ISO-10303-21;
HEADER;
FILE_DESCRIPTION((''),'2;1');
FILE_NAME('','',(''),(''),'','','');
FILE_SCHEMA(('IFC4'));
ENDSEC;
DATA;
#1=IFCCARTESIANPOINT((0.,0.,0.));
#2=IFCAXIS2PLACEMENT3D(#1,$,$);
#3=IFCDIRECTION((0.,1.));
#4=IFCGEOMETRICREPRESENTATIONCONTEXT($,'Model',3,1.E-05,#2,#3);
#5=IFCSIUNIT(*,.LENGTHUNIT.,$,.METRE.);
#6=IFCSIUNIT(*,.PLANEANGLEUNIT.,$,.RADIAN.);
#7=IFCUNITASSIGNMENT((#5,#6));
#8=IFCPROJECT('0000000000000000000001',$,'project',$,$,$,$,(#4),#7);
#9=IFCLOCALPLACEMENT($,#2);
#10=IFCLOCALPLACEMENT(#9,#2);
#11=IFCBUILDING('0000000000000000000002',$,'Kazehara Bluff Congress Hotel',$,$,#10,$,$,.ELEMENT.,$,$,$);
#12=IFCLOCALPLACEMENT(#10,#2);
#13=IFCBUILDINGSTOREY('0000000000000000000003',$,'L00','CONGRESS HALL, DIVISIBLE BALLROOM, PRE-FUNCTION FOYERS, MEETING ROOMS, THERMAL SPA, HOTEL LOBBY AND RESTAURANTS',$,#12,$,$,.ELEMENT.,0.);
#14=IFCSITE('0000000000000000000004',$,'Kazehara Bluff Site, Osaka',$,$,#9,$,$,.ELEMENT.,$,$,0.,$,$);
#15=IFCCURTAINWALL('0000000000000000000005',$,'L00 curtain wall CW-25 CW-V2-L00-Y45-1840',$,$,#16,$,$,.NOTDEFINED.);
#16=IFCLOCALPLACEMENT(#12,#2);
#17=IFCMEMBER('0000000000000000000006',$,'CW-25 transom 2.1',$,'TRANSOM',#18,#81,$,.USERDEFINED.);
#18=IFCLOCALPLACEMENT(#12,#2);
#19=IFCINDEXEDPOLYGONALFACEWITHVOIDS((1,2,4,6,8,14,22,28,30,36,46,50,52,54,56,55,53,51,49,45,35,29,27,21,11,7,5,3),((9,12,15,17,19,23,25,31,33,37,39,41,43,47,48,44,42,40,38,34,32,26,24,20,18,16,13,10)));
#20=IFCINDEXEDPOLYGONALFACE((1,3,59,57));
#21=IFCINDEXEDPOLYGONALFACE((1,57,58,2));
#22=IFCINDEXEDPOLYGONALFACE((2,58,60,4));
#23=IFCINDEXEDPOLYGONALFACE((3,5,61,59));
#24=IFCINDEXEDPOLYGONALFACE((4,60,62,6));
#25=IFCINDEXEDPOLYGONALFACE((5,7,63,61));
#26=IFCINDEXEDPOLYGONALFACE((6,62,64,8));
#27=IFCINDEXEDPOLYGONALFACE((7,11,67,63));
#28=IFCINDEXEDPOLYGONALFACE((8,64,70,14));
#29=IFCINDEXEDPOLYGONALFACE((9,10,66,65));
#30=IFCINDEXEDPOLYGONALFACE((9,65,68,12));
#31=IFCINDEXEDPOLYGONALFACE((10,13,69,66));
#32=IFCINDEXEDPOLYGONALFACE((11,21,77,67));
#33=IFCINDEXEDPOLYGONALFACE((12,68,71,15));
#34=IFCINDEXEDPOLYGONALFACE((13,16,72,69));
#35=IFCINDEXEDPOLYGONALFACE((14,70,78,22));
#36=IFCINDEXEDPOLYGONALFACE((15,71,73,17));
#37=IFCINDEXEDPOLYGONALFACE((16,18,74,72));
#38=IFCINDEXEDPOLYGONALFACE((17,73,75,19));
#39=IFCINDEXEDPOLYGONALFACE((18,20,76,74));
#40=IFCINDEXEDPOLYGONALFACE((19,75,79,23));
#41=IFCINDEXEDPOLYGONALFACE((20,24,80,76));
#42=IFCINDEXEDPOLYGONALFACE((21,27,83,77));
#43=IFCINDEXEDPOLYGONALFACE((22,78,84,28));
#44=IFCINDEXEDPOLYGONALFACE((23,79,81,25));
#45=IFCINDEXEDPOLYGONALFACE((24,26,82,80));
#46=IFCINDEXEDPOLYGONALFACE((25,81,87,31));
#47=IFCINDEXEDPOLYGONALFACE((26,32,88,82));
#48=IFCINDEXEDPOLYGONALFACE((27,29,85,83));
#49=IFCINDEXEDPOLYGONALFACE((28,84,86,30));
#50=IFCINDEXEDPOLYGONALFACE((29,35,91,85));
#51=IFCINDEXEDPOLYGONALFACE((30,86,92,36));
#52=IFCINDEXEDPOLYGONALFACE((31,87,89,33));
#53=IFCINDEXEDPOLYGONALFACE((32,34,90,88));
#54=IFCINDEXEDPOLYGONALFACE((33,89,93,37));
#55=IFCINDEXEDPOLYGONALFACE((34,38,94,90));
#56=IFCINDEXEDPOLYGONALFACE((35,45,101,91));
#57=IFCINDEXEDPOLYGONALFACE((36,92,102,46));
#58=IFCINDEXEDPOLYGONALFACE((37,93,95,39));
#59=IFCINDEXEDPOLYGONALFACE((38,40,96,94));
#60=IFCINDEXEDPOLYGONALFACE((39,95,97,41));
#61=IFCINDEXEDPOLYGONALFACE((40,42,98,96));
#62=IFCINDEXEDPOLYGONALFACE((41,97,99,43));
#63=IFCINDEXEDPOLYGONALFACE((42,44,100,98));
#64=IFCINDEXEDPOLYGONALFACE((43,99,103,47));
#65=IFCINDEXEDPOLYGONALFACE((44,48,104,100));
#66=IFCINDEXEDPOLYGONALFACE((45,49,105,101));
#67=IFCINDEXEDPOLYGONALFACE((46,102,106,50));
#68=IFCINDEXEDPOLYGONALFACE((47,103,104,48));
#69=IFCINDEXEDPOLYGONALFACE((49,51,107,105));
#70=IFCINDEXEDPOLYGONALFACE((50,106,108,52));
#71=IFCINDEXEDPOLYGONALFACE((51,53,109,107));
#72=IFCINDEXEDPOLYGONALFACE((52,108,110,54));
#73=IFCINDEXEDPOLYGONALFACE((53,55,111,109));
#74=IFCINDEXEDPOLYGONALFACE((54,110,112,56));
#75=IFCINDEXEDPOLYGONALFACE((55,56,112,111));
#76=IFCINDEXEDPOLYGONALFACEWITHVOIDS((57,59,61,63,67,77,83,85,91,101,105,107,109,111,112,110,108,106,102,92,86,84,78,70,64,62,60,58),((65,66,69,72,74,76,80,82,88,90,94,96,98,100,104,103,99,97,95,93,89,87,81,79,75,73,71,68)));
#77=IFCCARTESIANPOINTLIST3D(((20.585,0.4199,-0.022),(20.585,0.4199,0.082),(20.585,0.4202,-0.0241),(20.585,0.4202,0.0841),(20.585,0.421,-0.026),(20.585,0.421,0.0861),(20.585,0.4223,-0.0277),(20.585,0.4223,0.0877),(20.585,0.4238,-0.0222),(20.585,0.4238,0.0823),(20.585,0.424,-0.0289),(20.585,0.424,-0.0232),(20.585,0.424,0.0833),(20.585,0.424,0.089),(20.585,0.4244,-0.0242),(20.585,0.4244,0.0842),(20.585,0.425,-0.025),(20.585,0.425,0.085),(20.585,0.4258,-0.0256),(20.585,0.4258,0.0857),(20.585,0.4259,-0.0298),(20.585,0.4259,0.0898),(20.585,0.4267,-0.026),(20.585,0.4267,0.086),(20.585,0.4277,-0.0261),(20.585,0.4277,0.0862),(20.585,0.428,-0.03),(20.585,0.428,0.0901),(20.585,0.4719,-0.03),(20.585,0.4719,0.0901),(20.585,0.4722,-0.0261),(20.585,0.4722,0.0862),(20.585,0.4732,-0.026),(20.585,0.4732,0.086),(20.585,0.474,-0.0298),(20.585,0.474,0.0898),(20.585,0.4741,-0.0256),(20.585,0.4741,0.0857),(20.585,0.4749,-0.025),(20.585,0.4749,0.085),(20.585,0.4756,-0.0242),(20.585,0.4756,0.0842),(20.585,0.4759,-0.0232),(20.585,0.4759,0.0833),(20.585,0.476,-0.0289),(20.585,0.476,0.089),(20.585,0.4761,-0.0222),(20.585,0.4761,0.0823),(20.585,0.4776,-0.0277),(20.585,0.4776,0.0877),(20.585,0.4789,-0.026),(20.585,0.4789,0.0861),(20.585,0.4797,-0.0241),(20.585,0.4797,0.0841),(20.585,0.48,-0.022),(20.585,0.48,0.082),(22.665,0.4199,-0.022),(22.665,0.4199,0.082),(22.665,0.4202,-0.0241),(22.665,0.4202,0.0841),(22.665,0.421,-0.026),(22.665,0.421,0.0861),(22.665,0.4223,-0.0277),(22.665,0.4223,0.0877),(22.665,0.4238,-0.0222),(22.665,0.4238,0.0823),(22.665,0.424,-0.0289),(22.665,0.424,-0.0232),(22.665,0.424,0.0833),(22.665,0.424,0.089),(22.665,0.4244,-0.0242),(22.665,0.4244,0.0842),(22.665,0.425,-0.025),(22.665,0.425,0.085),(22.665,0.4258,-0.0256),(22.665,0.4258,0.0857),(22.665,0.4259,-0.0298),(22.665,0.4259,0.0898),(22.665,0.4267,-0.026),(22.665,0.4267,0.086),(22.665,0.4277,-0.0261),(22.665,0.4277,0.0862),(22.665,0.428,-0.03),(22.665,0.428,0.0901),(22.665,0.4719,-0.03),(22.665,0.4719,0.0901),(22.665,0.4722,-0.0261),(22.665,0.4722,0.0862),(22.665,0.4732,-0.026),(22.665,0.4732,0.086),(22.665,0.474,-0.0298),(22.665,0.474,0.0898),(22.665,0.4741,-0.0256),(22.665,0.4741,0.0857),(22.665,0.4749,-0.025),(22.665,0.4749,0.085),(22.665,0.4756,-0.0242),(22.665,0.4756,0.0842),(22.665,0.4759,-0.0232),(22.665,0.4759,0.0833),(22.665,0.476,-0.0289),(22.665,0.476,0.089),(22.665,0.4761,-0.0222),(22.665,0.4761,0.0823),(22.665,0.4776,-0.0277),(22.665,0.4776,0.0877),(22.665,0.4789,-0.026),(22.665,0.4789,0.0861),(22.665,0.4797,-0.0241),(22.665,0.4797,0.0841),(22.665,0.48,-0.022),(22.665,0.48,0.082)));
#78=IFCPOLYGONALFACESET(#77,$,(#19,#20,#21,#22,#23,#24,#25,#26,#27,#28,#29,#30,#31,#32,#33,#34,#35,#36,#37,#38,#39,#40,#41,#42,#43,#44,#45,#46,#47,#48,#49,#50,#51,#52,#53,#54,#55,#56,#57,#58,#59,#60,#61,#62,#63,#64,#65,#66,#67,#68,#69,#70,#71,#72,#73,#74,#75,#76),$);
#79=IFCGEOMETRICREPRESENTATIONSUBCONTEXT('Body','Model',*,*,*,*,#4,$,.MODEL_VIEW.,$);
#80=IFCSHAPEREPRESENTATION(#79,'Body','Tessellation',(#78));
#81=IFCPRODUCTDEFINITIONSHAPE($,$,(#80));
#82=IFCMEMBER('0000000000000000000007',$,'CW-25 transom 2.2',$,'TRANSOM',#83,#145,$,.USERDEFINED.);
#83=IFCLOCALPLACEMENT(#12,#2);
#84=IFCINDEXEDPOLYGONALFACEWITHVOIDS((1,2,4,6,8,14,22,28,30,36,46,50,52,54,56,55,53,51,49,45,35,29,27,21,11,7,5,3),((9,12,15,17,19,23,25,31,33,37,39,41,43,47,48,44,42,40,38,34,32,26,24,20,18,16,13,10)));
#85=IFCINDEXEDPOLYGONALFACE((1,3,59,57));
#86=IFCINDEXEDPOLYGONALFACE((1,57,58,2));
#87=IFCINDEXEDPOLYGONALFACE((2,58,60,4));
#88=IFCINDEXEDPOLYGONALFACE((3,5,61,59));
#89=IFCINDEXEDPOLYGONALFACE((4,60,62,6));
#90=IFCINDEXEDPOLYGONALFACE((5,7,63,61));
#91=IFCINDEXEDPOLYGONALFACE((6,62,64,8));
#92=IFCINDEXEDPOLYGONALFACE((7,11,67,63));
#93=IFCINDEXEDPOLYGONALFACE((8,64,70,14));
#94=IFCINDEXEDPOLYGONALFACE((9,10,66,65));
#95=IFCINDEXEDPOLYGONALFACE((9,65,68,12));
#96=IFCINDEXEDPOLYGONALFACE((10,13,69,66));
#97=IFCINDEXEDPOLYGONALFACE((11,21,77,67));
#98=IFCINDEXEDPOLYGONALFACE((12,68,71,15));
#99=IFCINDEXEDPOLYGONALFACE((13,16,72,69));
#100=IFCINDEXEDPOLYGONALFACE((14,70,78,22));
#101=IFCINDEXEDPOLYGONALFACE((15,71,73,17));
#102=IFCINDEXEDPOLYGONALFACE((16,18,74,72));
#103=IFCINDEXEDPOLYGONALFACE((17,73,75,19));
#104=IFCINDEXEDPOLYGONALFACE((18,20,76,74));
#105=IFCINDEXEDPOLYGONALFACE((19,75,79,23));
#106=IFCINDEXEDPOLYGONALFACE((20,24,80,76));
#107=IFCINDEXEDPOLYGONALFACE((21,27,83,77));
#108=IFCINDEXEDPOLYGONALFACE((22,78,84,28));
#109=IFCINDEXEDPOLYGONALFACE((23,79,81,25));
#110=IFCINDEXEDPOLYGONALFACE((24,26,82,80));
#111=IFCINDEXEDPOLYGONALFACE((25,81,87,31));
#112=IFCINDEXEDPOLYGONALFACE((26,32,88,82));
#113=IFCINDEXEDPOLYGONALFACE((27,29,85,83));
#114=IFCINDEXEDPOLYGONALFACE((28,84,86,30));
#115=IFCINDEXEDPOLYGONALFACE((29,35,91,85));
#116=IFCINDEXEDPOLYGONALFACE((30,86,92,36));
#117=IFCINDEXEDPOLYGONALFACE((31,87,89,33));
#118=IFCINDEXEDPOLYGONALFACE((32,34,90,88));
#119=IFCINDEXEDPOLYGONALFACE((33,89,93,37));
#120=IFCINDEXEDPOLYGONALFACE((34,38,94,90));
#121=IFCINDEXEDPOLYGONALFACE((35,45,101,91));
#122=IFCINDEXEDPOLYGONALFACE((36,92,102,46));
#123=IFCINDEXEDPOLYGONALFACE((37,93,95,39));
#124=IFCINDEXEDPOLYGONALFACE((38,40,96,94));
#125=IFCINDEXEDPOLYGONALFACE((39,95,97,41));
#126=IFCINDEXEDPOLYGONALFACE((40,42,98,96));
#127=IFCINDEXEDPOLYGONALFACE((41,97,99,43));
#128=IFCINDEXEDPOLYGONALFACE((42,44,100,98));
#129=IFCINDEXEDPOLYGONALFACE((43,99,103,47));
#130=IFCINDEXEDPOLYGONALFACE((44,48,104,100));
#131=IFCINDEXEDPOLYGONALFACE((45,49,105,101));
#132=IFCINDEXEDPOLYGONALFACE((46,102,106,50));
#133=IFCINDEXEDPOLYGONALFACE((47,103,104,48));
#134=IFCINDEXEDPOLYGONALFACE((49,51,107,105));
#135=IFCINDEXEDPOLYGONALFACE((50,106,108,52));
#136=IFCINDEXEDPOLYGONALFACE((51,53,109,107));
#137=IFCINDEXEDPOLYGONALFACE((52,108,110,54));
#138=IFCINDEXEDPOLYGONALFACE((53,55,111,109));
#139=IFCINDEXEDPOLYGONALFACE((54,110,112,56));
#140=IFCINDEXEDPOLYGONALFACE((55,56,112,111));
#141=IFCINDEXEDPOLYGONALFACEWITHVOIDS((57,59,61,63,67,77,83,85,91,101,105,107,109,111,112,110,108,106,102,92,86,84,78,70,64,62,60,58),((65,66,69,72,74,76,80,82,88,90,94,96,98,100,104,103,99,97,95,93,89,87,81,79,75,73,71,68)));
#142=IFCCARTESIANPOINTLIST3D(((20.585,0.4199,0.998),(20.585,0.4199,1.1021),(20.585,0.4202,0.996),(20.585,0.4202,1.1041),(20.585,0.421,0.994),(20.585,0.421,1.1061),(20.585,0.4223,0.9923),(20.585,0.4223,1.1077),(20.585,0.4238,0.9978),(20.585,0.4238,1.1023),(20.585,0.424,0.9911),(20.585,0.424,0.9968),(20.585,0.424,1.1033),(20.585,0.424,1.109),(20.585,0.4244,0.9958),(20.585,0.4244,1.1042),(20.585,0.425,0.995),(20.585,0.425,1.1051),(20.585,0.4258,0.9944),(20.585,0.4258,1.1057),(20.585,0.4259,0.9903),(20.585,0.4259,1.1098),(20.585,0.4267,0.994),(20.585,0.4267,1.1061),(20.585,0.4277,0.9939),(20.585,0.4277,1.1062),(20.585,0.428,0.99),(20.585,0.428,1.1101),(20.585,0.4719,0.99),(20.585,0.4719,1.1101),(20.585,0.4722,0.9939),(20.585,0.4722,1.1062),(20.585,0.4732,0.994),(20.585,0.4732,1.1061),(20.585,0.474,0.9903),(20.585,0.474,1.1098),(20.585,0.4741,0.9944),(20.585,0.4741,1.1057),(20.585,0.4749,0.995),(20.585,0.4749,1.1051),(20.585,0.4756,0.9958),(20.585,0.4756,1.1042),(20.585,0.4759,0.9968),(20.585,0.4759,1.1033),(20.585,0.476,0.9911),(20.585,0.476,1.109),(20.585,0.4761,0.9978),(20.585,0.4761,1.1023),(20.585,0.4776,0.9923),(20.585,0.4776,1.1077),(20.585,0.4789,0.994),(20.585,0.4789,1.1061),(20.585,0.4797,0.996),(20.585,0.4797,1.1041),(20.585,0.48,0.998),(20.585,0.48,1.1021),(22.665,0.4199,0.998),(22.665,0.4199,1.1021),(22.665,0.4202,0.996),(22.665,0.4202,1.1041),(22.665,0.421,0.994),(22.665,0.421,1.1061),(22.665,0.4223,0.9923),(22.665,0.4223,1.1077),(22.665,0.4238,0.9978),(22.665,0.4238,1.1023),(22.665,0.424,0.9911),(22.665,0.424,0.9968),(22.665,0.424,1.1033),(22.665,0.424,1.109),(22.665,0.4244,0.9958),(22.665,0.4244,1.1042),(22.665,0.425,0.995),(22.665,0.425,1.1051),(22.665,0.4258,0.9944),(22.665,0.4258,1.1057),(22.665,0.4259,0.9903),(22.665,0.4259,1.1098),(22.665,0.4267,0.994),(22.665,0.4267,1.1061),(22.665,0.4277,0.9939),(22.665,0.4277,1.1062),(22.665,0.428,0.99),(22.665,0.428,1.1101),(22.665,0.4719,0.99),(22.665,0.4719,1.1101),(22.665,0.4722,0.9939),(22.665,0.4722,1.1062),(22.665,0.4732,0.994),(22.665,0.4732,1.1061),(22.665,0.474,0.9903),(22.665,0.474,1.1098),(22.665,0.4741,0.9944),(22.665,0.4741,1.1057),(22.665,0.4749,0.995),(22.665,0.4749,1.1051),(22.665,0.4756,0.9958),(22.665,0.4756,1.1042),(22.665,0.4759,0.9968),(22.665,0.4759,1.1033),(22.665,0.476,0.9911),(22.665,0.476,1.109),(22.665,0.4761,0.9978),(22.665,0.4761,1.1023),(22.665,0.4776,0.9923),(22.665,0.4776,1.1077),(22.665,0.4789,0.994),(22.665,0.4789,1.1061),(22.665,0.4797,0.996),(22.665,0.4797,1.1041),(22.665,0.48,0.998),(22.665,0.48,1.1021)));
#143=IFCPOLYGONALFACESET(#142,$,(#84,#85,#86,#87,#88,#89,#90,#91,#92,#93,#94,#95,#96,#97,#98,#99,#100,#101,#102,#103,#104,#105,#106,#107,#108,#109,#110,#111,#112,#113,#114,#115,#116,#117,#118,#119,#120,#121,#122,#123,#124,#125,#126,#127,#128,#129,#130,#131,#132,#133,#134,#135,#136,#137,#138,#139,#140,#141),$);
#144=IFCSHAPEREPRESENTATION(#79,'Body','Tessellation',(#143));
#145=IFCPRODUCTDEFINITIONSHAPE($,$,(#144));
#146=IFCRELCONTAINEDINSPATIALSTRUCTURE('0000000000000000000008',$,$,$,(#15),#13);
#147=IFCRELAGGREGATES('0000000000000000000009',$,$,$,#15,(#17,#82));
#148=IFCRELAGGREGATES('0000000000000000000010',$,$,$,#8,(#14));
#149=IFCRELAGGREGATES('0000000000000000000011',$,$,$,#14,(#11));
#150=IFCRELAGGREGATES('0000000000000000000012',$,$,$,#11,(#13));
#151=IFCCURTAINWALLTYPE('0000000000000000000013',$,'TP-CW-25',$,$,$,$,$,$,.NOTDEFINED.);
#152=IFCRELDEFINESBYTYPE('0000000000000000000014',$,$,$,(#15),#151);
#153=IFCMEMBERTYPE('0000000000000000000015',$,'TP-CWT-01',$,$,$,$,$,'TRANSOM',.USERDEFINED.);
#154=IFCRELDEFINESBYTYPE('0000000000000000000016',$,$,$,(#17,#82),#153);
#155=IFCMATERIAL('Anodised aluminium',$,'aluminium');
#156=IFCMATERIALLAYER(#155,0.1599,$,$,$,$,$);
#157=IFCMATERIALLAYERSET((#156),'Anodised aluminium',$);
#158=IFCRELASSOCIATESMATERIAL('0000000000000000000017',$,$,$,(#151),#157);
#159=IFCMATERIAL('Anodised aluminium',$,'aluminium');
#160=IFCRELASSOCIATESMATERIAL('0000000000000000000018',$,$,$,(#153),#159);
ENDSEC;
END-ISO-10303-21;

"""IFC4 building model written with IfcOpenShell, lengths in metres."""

from ifc_helpers import new_model, si_unit, direction, frame, origin, origin_2d, place, context, subcontext, project, spatial, hollow_rectangle, extrude, material, layer, layer_set, material_profile, profile_set, type_object, element, aggregate, save


model = new_model("IFC4")

# Units and contexts
model_context = context("Model", 3, precision=1e-05, world=origin(), true_north=direction((0.0, 1.0)))
body_context = subcontext(model_context, "Body", "Model", "MODEL_VIEW")
ifc_project = project(units=[si_unit("LENGTHUNIT", "METRE"), si_unit("PLANEANGLEUNIT", "RADIAN")], contexts=[model_context])

# Site, building, storey
site_placement = place(None, origin())
site = spatial("IfcSite", under=ifc_project, at=site_placement, Name="Kazehara Bluff Site, Osaka", CompositionType="ELEMENT", RefElevation=0.0)
building_placement = place(site_placement, origin())
building = spatial("IfcBuilding", under=site, at=building_placement, Name="Kazehara Bluff Congress Hotel", CompositionType="ELEMENT")
storey_placement = place(building_placement, origin())
storey = spatial("IfcBuildingStorey", under=building, at=storey_placement, Name="L00", Description="CONGRESS HALL, DIVISIBLE BALLROOM, PRE-FUNCTION FOYERS, MEETING ROOMS, THERMAL SPA, HOTEL LOBBY AND RESTAURANTS", CompositionType="ELEMENT", Elevation=0.0)

# Curtain wall
ifc_material_1 = material(Name="Anodised aluminium", Category="aluminium")
ifc_layer_1 = layer(ifc_material_1, 0.1599)
ifc_layer_set_1 = layer_set([ifc_layer_1], Name="Anodised aluminium")
curtain_wall_type_1 = type_object("IfcCurtainWallType", Name="TP-CW-25", PredefinedType="NOTDEFINED", material=ifc_layer_set_1)
curtain_wall_1_placement = place(storey_placement, origin())
curtain_wall_1 = element("IfcCurtainWall", 1, at=curtain_wall_1_placement, inside=storey, type_object=curtain_wall_type_1, Name="L00 curtain wall CW-25 CW-V2-L00-Y45-1840", PredefinedType="NOTDEFINED")

# Members
ifc_material_2 = material(Name="Anodised aluminium", Category="aluminium")
ifc_material_profile_1 = material_profile(ifc_material_2, hollow_rectangle(XDim=0.0601, YDim=0.1201, WallThickness=0.0039, InnerFilletRadius=0.0039, OuterFilletRadius=0.0081, at=origin_2d()))
ifc_profile_set_1 = profile_set([ifc_material_profile_1], Name="Anodised aluminium")
member_type_1 = type_object("IfcMemberType", Name="TP-CWT-01", ElementType="TRANSOM", PredefinedType="USERDEFINED", material=ifc_profile_set_1)
member_1_placement = place(storey_placement, frame((20.585, 0.45, 0.03), z_axis=(1.0, 0.0, 0.0), x_axis=(0.0, 1.0, 0.0)))
member_1 = element("IfcMember", 2, at=member_1_placement, type_object=member_type_1, Name="CW-25 transom 2.1", ObjectType="TRANSOM", PredefinedType="USERDEFINED", context=body_context, shape_type="SweptSolid", body=[
    extrude(hollow_rectangle(XDim=0.0601, YDim=0.1201, WallThickness=0.0039, InnerFilletRadius=0.0039, OuterFilletRadius=0.0081, at=origin_2d()), origin(), (0.0, 0.0, 1.0), 2.0801),
])
member_2_placement = place(storey_placement, frame((20.585, 0.45, 1.05), z_axis=(1.0, 0.0, 0.0), x_axis=(0.0, 1.0, 0.0)))
member_2 = element("IfcMember", 3, at=member_2_placement, type_object=member_type_1, Name="CW-25 transom 2.2", ObjectType="TRANSOM", PredefinedType="USERDEFINED", context=body_context, shape_type="SweptSolid", body=[
    extrude(hollow_rectangle(XDim=0.0601, YDim=0.1201, WallThickness=0.0039, InnerFilletRadius=0.0039, OuterFilletRadius=0.0081, at=origin_2d()), origin(), (0.0, 0.0, 1.0), 2.0801),
])

aggregate(curtain_wall_1, [member_1, member_2])

save(model, "model.ifc")
